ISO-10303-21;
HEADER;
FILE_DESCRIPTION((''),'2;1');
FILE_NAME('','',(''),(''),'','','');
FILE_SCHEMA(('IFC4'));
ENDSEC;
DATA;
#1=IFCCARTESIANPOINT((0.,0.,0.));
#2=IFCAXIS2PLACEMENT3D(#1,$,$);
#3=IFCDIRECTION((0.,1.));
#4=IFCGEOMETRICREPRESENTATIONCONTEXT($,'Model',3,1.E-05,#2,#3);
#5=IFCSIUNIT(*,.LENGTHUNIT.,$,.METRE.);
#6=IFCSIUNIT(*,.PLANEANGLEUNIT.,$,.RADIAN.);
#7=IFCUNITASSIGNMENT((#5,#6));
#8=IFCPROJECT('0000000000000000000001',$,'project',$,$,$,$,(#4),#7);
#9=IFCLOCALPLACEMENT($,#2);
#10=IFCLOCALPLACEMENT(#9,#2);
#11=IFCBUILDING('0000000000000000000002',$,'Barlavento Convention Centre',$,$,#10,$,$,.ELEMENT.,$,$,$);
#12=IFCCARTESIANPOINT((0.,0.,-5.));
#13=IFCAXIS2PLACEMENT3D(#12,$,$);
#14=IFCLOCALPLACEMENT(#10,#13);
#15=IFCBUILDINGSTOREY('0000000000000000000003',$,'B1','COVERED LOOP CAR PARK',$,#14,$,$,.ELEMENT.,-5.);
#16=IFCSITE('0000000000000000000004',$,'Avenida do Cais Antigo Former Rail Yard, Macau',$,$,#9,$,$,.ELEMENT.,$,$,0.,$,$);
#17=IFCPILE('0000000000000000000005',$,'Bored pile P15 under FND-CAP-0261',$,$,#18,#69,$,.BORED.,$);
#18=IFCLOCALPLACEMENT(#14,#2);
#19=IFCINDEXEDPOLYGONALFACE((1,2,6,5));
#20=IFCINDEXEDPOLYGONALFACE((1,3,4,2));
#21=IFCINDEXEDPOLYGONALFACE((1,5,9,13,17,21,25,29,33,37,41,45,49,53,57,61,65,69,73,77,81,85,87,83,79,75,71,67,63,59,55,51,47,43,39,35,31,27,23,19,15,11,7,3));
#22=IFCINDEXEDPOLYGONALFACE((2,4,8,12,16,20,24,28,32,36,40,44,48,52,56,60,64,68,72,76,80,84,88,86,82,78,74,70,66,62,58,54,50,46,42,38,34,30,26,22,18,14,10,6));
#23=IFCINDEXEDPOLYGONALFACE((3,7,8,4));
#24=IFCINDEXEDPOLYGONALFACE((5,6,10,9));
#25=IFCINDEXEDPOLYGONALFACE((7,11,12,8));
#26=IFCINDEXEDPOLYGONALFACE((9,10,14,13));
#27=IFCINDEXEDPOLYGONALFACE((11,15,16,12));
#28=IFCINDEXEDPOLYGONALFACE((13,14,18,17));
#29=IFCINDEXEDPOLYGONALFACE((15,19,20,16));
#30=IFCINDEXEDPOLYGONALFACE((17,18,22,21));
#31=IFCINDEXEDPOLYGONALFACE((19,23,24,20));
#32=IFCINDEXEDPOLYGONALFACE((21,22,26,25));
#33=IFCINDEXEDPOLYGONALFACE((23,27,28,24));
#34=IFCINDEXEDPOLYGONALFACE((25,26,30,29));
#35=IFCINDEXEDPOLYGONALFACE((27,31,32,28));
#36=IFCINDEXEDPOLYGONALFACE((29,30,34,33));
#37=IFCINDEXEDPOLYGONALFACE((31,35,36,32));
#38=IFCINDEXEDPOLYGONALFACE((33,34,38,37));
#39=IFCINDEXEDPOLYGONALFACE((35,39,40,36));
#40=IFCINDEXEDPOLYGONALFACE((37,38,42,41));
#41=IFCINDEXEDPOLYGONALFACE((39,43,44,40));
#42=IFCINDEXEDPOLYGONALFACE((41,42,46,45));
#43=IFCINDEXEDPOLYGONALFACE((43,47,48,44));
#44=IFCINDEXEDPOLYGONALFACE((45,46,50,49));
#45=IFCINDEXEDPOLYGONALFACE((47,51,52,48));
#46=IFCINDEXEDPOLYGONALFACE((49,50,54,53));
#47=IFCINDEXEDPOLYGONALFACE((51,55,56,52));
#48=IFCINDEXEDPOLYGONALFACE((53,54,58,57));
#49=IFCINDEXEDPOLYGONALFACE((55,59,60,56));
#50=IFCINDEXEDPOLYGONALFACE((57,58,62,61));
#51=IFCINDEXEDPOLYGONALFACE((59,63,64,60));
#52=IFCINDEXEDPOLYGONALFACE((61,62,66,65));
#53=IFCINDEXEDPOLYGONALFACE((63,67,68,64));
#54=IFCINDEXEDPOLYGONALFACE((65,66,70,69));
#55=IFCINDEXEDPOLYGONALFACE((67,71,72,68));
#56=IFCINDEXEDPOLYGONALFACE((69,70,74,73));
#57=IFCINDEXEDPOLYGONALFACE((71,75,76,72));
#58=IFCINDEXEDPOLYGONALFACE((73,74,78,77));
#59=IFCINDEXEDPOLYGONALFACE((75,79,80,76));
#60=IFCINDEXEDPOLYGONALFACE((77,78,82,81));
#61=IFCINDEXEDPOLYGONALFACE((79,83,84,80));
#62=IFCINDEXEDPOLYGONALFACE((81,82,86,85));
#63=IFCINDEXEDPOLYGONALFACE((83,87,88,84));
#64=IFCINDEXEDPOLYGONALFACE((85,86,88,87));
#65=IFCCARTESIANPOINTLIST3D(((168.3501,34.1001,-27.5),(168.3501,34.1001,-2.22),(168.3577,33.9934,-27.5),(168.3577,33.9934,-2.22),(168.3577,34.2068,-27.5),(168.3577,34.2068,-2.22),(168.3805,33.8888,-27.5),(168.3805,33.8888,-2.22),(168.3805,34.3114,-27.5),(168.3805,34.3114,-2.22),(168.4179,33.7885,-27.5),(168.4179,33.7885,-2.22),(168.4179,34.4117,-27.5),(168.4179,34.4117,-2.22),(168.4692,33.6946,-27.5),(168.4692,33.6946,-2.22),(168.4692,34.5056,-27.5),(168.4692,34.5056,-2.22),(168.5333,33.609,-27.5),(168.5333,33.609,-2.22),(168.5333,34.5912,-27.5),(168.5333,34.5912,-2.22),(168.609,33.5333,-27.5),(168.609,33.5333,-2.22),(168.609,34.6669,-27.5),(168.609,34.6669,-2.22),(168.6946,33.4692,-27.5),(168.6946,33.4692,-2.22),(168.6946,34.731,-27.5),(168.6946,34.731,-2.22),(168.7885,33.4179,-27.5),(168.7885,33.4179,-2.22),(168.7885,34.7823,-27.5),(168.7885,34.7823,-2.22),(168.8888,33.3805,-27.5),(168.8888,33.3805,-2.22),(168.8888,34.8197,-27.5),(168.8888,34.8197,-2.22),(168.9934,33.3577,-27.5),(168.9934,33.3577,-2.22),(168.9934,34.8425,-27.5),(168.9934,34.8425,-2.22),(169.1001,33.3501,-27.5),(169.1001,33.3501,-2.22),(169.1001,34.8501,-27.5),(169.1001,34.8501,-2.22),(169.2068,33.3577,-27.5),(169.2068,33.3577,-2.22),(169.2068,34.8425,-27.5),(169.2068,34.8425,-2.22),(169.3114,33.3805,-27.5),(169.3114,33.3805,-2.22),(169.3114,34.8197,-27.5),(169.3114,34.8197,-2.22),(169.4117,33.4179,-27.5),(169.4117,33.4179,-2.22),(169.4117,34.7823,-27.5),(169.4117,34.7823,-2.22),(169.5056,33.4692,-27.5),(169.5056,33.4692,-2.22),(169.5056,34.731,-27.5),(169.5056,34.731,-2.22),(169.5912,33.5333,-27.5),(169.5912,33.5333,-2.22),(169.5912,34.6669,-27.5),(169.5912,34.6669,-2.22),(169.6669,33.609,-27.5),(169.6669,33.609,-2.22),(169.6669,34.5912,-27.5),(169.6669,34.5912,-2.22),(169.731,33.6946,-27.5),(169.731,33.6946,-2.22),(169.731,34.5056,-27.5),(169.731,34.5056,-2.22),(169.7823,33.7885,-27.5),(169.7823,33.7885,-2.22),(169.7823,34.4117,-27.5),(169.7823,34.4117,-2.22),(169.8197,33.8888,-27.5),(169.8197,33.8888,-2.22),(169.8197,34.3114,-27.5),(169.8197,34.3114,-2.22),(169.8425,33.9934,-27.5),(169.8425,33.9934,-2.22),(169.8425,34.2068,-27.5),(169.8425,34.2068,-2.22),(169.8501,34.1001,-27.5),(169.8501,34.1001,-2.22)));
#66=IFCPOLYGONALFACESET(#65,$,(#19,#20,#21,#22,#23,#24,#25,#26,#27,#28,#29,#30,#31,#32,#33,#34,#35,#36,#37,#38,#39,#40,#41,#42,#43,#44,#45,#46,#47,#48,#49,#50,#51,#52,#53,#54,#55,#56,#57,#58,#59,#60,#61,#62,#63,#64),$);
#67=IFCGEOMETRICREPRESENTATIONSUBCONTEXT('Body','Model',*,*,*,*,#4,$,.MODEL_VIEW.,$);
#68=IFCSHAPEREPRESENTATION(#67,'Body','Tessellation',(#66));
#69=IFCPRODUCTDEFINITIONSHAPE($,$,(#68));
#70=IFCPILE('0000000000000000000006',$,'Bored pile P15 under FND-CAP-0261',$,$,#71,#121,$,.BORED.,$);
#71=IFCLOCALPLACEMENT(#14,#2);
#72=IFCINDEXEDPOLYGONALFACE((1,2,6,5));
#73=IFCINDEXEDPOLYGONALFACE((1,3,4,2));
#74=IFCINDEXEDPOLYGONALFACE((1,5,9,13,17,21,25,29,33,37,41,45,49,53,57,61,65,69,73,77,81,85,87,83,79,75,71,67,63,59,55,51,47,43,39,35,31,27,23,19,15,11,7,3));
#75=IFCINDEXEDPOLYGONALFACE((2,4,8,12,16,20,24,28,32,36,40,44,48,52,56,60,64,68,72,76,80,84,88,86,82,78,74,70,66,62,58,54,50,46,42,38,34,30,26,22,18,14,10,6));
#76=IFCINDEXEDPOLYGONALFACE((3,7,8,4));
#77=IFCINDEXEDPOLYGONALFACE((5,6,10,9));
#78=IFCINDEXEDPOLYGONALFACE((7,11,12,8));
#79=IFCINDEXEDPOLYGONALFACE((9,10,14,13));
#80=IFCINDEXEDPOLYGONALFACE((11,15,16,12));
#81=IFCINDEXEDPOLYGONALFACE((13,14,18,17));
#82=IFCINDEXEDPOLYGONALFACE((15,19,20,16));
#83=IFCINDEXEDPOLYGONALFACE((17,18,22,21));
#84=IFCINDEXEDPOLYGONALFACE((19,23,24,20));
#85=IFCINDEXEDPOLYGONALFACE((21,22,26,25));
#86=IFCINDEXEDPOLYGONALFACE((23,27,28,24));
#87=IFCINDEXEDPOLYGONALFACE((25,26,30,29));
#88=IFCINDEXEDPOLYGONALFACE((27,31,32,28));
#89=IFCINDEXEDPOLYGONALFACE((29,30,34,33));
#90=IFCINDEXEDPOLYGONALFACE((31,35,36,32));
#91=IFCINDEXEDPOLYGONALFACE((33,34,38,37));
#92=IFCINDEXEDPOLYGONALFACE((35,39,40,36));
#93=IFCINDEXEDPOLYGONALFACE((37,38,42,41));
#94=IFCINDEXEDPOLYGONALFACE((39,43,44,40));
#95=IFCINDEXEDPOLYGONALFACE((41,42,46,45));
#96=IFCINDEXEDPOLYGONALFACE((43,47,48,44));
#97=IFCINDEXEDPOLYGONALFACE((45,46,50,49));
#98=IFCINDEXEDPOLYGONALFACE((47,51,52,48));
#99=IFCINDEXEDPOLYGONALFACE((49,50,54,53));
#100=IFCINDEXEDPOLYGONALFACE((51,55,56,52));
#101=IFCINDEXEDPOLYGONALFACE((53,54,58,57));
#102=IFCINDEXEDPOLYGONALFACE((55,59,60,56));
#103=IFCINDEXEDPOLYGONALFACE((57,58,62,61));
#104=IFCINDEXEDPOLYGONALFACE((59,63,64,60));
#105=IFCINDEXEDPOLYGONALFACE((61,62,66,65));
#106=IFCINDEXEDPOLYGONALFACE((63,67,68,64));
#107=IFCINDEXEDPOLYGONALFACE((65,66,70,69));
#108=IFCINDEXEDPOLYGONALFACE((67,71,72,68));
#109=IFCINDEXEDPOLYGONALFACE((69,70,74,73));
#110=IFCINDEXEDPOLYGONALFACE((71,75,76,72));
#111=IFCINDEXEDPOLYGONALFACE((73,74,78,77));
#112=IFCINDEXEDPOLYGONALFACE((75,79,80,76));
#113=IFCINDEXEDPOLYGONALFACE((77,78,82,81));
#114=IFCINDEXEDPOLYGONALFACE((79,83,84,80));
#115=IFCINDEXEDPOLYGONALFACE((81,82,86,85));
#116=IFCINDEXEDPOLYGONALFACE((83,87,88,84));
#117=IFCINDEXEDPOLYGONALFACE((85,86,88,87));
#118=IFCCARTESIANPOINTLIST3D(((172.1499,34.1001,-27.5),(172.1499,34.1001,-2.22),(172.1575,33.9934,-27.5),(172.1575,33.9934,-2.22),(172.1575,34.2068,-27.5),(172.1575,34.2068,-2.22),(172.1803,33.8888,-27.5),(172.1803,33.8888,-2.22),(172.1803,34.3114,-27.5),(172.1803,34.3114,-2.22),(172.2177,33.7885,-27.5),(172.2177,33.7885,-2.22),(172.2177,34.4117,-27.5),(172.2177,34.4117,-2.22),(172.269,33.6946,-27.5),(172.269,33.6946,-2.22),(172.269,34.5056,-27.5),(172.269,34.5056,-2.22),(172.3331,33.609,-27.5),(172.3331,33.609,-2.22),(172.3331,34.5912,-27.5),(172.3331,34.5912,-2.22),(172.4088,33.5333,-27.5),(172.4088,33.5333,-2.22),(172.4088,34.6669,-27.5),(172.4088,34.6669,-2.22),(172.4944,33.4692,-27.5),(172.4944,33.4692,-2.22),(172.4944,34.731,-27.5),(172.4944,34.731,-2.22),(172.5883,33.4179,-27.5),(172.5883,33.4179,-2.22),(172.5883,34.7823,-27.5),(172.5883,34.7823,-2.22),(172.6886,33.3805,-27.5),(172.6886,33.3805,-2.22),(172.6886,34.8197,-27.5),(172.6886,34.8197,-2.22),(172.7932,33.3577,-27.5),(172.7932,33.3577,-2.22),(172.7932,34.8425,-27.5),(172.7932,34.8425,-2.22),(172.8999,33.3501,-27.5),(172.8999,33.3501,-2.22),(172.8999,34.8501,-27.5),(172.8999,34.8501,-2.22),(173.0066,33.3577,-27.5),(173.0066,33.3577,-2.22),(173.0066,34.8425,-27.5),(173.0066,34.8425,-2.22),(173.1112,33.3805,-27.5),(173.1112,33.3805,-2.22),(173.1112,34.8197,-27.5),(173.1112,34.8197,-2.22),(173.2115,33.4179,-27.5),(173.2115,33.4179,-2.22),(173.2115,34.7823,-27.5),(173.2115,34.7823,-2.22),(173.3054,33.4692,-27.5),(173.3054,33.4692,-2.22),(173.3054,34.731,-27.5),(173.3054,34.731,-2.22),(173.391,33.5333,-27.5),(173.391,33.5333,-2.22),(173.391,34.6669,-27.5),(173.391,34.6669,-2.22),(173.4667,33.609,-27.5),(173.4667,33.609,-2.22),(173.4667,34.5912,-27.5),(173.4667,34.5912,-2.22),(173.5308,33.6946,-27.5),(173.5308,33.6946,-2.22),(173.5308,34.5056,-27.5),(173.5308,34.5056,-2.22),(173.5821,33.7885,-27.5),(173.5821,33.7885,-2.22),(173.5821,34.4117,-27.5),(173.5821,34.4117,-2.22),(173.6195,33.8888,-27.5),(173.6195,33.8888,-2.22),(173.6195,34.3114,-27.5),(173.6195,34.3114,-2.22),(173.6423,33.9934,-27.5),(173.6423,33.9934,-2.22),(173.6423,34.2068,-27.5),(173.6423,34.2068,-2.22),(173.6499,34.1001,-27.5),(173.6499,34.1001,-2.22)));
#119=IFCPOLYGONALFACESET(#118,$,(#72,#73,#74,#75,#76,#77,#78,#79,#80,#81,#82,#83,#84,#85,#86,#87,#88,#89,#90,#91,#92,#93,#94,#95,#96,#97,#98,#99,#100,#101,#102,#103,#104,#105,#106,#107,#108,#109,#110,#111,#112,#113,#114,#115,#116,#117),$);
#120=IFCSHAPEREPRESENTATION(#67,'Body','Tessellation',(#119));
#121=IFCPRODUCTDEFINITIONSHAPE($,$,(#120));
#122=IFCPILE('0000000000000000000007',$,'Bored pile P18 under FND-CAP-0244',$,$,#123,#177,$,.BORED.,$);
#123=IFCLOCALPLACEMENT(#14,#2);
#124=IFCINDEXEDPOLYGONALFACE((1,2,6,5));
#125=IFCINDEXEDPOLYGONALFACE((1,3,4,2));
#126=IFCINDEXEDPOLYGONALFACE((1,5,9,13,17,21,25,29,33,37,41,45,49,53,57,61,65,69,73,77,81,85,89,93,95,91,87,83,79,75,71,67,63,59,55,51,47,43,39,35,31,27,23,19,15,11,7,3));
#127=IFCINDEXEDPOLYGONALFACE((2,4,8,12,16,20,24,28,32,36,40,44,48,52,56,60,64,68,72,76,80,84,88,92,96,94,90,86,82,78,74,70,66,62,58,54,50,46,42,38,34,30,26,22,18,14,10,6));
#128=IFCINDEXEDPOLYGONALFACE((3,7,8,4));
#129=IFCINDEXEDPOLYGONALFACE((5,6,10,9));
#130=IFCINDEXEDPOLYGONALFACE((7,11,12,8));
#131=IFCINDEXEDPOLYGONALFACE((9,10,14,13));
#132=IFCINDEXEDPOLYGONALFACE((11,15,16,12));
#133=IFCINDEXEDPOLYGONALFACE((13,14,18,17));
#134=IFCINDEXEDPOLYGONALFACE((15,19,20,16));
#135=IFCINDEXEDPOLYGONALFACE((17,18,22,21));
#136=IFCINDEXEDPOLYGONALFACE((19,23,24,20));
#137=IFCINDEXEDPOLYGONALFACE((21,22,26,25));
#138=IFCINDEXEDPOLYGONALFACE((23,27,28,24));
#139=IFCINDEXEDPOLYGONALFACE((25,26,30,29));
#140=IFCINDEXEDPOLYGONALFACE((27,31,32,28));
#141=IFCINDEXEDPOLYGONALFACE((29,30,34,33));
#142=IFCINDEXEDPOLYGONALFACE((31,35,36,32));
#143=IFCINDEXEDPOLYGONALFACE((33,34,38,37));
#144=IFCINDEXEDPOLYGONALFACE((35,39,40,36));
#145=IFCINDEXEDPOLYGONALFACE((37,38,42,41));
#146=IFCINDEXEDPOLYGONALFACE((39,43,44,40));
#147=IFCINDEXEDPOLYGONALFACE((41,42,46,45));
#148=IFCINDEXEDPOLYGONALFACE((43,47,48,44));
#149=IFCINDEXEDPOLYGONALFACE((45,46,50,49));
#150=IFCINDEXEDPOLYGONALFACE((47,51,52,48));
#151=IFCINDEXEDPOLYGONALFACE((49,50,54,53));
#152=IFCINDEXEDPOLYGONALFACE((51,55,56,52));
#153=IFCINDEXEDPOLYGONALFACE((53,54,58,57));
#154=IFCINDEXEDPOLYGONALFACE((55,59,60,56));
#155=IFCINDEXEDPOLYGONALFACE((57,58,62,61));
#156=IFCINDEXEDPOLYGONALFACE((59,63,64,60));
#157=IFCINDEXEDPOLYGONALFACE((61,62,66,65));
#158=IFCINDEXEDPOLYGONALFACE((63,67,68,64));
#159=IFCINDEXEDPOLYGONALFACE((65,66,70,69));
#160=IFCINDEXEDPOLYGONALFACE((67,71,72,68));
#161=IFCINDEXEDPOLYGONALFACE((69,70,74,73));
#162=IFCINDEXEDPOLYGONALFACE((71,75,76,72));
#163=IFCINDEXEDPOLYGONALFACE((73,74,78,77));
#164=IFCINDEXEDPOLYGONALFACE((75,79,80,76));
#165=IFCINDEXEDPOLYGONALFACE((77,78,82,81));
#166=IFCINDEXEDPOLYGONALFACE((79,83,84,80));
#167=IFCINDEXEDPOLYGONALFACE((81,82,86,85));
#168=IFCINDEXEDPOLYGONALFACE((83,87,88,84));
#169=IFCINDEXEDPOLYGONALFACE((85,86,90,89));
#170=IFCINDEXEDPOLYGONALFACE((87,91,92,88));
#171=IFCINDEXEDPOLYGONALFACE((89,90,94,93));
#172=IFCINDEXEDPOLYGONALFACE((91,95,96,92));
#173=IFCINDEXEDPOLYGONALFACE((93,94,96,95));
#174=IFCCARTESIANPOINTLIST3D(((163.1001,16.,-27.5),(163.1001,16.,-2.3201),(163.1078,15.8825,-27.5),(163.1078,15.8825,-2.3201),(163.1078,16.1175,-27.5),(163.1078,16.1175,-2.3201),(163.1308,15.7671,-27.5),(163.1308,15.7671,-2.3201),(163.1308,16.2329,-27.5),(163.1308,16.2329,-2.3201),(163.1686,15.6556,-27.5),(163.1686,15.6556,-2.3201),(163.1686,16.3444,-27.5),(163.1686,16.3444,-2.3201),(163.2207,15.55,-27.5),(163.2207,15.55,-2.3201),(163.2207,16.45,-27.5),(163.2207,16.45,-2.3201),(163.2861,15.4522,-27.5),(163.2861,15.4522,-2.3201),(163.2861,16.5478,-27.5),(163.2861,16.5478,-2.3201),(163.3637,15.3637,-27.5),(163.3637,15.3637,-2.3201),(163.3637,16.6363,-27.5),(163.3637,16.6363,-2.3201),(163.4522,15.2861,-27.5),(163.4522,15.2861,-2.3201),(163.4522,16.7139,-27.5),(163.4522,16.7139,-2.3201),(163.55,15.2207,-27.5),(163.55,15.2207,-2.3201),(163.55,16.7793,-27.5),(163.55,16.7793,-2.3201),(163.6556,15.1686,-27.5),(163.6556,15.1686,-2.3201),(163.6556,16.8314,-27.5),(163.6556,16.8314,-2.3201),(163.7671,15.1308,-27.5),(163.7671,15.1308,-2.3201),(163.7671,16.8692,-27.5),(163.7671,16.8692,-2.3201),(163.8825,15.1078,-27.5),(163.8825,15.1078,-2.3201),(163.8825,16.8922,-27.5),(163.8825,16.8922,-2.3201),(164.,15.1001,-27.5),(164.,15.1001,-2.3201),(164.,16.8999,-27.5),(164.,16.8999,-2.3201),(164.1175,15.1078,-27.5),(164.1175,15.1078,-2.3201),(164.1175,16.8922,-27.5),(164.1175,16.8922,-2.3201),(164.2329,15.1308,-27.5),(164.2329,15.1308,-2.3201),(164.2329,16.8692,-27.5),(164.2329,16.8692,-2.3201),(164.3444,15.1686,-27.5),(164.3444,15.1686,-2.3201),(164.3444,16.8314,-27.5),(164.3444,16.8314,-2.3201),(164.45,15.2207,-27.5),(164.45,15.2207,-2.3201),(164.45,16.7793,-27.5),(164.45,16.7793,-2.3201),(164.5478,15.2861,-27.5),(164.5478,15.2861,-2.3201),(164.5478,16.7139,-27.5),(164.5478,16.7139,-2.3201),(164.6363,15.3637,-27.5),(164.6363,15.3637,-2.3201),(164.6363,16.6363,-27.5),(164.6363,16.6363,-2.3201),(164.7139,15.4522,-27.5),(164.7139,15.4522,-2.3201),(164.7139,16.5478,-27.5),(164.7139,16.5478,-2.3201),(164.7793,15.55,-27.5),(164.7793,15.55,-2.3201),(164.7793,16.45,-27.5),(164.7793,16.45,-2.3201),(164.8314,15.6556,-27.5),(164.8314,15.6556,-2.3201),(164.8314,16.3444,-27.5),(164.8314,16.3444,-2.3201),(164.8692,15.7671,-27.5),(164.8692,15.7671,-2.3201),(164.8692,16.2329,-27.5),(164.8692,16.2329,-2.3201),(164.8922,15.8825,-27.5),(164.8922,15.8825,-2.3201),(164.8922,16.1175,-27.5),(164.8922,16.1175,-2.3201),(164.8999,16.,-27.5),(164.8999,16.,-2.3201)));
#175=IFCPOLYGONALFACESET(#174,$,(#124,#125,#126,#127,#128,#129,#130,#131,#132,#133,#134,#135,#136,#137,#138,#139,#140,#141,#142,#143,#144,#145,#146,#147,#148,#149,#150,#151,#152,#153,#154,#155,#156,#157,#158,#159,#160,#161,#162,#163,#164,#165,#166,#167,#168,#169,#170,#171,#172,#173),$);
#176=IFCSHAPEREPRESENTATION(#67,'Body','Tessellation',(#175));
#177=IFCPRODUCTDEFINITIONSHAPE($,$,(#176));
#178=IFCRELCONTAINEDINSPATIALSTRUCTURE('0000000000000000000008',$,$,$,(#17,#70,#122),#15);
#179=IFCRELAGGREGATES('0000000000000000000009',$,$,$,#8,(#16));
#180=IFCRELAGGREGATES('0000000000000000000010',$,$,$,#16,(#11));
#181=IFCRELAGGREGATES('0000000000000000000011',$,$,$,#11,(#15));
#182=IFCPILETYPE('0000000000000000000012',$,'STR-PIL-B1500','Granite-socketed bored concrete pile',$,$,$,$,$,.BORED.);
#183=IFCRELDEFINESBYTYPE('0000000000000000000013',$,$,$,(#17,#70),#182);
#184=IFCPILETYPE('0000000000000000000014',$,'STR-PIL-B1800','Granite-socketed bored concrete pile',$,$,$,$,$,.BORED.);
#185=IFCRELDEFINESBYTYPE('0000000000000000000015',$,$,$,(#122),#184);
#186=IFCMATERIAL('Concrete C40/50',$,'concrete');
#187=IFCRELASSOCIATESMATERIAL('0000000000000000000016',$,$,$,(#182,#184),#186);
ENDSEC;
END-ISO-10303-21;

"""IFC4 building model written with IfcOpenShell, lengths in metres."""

from ifc_helpers import new_model, si_unit, direction, frame, origin, origin_2d, place, context, subcontext, project, spatial, circle, extrude, material, material_profile, profile_set, type_object, element, save


model = new_model("IFC4")

# Units and contexts
model_context = context("Model", 3, precision=1e-05, world=origin(), true_north=direction((0.0, 1.0)))
body_context = subcontext(model_context, "Body", "Model", "MODEL_VIEW")
ifc_project = project(units=[si_unit("LENGTHUNIT", "METRE"), si_unit("PLANEANGLEUNIT", "RADIAN")], contexts=[model_context])

# Site, building, storey
site_placement = place(None, origin())
site = spatial("IfcSite", under=ifc_project, at=site_placement, Name="Avenida do Cais Antigo Former Rail Yard, Macau", CompositionType="ELEMENT", RefElevation=0.0)
building_placement = place(site_placement, origin())
building = spatial("IfcBuilding", under=site, at=building_placement, Name="Barlavento Convention Centre", CompositionType="ELEMENT")
storey_placement = place(building_placement, frame((0.0, 0.0, -5.0)))
storey = spatial("IfcBuildingStorey", under=building, at=storey_placement, Name="B1", Description="COVERED LOOP CAR PARK", CompositionType="ELEMENT", Elevation=-5.0)

# Shared definitions
ifc_material_1 = material(Name="Concrete C40/50", Category="concrete")

# Piles
ifc_material_profile_1 = material_profile(ifc_material_1, circle(Radius=0.75, at=origin_2d()), Name="BORED PILE 1500")
ifc_profile_set_1 = profile_set([ifc_material_profile_1], Name="Concrete C40/50")
pile_type_1 = type_object("IfcPileType", Name="STR-PIL-B1500", Description="Granite-socketed bored concrete pile", PredefinedType="BORED", material=ifc_profile_set_1)
for number, where, z_axis, x_axis, name in (
    (1, (169.1001, 34.1001, -2.22), (0.0, 0.0, -1.0), (1.0, 0.0, 0.0), "Bored pile P15 under FND-CAP-0261"),
    (2, (172.8999, 34.1001, -2.22), (0.0, 0.0, -1.0), (1.0, 0.0, 0.0), "Bored pile P15 under FND-CAP-0261"),
):
    element("IfcPile", number, at=place(storey_placement, frame(where, z_axis=z_axis, x_axis=x_axis)), inside=storey, type_object=pile_type_1, Name=name, PredefinedType="BORED", context=body_context, shape_type="SweptSolid", body=[
        extrude(circle(Radius=0.75, at=origin_2d()), origin(), (0.0, 0.0, 1.0), 25.28),
    ])
ifc_material_profile_2 = material_profile(ifc_material_1, circle(Radius=0.8999, at=origin_2d()), Name="BORED PILE 1800")
ifc_profile_set_2 = profile_set([ifc_material_profile_2], Name="Concrete C40/50")
pile_type_2 = type_object("IfcPileType", Name="STR-PIL-B1800", Description="Granite-socketed bored concrete pile", PredefinedType="BORED", material=ifc_profile_set_2)
for number, where, z_axis, x_axis, name in (
    (3, (164.0, 16.0, -2.3201), (0.0, 0.0, -1.0), (1.0, 0.0, 0.0), "Bored pile P18 under FND-CAP-0244"),
):
    element("IfcPile", number, at=place(storey_placement, frame(where, z_axis=z_axis, x_axis=x_axis)), inside=storey, type_object=pile_type_2, Name=name, PredefinedType="BORED", context=body_context, shape_type="SweptSolid", body=[
        extrude(circle(Radius=0.8999, at=origin_2d()), origin(), (0.0, 0.0, 1.0), 25.1799),
    ])

save(model, "model.ifc")
